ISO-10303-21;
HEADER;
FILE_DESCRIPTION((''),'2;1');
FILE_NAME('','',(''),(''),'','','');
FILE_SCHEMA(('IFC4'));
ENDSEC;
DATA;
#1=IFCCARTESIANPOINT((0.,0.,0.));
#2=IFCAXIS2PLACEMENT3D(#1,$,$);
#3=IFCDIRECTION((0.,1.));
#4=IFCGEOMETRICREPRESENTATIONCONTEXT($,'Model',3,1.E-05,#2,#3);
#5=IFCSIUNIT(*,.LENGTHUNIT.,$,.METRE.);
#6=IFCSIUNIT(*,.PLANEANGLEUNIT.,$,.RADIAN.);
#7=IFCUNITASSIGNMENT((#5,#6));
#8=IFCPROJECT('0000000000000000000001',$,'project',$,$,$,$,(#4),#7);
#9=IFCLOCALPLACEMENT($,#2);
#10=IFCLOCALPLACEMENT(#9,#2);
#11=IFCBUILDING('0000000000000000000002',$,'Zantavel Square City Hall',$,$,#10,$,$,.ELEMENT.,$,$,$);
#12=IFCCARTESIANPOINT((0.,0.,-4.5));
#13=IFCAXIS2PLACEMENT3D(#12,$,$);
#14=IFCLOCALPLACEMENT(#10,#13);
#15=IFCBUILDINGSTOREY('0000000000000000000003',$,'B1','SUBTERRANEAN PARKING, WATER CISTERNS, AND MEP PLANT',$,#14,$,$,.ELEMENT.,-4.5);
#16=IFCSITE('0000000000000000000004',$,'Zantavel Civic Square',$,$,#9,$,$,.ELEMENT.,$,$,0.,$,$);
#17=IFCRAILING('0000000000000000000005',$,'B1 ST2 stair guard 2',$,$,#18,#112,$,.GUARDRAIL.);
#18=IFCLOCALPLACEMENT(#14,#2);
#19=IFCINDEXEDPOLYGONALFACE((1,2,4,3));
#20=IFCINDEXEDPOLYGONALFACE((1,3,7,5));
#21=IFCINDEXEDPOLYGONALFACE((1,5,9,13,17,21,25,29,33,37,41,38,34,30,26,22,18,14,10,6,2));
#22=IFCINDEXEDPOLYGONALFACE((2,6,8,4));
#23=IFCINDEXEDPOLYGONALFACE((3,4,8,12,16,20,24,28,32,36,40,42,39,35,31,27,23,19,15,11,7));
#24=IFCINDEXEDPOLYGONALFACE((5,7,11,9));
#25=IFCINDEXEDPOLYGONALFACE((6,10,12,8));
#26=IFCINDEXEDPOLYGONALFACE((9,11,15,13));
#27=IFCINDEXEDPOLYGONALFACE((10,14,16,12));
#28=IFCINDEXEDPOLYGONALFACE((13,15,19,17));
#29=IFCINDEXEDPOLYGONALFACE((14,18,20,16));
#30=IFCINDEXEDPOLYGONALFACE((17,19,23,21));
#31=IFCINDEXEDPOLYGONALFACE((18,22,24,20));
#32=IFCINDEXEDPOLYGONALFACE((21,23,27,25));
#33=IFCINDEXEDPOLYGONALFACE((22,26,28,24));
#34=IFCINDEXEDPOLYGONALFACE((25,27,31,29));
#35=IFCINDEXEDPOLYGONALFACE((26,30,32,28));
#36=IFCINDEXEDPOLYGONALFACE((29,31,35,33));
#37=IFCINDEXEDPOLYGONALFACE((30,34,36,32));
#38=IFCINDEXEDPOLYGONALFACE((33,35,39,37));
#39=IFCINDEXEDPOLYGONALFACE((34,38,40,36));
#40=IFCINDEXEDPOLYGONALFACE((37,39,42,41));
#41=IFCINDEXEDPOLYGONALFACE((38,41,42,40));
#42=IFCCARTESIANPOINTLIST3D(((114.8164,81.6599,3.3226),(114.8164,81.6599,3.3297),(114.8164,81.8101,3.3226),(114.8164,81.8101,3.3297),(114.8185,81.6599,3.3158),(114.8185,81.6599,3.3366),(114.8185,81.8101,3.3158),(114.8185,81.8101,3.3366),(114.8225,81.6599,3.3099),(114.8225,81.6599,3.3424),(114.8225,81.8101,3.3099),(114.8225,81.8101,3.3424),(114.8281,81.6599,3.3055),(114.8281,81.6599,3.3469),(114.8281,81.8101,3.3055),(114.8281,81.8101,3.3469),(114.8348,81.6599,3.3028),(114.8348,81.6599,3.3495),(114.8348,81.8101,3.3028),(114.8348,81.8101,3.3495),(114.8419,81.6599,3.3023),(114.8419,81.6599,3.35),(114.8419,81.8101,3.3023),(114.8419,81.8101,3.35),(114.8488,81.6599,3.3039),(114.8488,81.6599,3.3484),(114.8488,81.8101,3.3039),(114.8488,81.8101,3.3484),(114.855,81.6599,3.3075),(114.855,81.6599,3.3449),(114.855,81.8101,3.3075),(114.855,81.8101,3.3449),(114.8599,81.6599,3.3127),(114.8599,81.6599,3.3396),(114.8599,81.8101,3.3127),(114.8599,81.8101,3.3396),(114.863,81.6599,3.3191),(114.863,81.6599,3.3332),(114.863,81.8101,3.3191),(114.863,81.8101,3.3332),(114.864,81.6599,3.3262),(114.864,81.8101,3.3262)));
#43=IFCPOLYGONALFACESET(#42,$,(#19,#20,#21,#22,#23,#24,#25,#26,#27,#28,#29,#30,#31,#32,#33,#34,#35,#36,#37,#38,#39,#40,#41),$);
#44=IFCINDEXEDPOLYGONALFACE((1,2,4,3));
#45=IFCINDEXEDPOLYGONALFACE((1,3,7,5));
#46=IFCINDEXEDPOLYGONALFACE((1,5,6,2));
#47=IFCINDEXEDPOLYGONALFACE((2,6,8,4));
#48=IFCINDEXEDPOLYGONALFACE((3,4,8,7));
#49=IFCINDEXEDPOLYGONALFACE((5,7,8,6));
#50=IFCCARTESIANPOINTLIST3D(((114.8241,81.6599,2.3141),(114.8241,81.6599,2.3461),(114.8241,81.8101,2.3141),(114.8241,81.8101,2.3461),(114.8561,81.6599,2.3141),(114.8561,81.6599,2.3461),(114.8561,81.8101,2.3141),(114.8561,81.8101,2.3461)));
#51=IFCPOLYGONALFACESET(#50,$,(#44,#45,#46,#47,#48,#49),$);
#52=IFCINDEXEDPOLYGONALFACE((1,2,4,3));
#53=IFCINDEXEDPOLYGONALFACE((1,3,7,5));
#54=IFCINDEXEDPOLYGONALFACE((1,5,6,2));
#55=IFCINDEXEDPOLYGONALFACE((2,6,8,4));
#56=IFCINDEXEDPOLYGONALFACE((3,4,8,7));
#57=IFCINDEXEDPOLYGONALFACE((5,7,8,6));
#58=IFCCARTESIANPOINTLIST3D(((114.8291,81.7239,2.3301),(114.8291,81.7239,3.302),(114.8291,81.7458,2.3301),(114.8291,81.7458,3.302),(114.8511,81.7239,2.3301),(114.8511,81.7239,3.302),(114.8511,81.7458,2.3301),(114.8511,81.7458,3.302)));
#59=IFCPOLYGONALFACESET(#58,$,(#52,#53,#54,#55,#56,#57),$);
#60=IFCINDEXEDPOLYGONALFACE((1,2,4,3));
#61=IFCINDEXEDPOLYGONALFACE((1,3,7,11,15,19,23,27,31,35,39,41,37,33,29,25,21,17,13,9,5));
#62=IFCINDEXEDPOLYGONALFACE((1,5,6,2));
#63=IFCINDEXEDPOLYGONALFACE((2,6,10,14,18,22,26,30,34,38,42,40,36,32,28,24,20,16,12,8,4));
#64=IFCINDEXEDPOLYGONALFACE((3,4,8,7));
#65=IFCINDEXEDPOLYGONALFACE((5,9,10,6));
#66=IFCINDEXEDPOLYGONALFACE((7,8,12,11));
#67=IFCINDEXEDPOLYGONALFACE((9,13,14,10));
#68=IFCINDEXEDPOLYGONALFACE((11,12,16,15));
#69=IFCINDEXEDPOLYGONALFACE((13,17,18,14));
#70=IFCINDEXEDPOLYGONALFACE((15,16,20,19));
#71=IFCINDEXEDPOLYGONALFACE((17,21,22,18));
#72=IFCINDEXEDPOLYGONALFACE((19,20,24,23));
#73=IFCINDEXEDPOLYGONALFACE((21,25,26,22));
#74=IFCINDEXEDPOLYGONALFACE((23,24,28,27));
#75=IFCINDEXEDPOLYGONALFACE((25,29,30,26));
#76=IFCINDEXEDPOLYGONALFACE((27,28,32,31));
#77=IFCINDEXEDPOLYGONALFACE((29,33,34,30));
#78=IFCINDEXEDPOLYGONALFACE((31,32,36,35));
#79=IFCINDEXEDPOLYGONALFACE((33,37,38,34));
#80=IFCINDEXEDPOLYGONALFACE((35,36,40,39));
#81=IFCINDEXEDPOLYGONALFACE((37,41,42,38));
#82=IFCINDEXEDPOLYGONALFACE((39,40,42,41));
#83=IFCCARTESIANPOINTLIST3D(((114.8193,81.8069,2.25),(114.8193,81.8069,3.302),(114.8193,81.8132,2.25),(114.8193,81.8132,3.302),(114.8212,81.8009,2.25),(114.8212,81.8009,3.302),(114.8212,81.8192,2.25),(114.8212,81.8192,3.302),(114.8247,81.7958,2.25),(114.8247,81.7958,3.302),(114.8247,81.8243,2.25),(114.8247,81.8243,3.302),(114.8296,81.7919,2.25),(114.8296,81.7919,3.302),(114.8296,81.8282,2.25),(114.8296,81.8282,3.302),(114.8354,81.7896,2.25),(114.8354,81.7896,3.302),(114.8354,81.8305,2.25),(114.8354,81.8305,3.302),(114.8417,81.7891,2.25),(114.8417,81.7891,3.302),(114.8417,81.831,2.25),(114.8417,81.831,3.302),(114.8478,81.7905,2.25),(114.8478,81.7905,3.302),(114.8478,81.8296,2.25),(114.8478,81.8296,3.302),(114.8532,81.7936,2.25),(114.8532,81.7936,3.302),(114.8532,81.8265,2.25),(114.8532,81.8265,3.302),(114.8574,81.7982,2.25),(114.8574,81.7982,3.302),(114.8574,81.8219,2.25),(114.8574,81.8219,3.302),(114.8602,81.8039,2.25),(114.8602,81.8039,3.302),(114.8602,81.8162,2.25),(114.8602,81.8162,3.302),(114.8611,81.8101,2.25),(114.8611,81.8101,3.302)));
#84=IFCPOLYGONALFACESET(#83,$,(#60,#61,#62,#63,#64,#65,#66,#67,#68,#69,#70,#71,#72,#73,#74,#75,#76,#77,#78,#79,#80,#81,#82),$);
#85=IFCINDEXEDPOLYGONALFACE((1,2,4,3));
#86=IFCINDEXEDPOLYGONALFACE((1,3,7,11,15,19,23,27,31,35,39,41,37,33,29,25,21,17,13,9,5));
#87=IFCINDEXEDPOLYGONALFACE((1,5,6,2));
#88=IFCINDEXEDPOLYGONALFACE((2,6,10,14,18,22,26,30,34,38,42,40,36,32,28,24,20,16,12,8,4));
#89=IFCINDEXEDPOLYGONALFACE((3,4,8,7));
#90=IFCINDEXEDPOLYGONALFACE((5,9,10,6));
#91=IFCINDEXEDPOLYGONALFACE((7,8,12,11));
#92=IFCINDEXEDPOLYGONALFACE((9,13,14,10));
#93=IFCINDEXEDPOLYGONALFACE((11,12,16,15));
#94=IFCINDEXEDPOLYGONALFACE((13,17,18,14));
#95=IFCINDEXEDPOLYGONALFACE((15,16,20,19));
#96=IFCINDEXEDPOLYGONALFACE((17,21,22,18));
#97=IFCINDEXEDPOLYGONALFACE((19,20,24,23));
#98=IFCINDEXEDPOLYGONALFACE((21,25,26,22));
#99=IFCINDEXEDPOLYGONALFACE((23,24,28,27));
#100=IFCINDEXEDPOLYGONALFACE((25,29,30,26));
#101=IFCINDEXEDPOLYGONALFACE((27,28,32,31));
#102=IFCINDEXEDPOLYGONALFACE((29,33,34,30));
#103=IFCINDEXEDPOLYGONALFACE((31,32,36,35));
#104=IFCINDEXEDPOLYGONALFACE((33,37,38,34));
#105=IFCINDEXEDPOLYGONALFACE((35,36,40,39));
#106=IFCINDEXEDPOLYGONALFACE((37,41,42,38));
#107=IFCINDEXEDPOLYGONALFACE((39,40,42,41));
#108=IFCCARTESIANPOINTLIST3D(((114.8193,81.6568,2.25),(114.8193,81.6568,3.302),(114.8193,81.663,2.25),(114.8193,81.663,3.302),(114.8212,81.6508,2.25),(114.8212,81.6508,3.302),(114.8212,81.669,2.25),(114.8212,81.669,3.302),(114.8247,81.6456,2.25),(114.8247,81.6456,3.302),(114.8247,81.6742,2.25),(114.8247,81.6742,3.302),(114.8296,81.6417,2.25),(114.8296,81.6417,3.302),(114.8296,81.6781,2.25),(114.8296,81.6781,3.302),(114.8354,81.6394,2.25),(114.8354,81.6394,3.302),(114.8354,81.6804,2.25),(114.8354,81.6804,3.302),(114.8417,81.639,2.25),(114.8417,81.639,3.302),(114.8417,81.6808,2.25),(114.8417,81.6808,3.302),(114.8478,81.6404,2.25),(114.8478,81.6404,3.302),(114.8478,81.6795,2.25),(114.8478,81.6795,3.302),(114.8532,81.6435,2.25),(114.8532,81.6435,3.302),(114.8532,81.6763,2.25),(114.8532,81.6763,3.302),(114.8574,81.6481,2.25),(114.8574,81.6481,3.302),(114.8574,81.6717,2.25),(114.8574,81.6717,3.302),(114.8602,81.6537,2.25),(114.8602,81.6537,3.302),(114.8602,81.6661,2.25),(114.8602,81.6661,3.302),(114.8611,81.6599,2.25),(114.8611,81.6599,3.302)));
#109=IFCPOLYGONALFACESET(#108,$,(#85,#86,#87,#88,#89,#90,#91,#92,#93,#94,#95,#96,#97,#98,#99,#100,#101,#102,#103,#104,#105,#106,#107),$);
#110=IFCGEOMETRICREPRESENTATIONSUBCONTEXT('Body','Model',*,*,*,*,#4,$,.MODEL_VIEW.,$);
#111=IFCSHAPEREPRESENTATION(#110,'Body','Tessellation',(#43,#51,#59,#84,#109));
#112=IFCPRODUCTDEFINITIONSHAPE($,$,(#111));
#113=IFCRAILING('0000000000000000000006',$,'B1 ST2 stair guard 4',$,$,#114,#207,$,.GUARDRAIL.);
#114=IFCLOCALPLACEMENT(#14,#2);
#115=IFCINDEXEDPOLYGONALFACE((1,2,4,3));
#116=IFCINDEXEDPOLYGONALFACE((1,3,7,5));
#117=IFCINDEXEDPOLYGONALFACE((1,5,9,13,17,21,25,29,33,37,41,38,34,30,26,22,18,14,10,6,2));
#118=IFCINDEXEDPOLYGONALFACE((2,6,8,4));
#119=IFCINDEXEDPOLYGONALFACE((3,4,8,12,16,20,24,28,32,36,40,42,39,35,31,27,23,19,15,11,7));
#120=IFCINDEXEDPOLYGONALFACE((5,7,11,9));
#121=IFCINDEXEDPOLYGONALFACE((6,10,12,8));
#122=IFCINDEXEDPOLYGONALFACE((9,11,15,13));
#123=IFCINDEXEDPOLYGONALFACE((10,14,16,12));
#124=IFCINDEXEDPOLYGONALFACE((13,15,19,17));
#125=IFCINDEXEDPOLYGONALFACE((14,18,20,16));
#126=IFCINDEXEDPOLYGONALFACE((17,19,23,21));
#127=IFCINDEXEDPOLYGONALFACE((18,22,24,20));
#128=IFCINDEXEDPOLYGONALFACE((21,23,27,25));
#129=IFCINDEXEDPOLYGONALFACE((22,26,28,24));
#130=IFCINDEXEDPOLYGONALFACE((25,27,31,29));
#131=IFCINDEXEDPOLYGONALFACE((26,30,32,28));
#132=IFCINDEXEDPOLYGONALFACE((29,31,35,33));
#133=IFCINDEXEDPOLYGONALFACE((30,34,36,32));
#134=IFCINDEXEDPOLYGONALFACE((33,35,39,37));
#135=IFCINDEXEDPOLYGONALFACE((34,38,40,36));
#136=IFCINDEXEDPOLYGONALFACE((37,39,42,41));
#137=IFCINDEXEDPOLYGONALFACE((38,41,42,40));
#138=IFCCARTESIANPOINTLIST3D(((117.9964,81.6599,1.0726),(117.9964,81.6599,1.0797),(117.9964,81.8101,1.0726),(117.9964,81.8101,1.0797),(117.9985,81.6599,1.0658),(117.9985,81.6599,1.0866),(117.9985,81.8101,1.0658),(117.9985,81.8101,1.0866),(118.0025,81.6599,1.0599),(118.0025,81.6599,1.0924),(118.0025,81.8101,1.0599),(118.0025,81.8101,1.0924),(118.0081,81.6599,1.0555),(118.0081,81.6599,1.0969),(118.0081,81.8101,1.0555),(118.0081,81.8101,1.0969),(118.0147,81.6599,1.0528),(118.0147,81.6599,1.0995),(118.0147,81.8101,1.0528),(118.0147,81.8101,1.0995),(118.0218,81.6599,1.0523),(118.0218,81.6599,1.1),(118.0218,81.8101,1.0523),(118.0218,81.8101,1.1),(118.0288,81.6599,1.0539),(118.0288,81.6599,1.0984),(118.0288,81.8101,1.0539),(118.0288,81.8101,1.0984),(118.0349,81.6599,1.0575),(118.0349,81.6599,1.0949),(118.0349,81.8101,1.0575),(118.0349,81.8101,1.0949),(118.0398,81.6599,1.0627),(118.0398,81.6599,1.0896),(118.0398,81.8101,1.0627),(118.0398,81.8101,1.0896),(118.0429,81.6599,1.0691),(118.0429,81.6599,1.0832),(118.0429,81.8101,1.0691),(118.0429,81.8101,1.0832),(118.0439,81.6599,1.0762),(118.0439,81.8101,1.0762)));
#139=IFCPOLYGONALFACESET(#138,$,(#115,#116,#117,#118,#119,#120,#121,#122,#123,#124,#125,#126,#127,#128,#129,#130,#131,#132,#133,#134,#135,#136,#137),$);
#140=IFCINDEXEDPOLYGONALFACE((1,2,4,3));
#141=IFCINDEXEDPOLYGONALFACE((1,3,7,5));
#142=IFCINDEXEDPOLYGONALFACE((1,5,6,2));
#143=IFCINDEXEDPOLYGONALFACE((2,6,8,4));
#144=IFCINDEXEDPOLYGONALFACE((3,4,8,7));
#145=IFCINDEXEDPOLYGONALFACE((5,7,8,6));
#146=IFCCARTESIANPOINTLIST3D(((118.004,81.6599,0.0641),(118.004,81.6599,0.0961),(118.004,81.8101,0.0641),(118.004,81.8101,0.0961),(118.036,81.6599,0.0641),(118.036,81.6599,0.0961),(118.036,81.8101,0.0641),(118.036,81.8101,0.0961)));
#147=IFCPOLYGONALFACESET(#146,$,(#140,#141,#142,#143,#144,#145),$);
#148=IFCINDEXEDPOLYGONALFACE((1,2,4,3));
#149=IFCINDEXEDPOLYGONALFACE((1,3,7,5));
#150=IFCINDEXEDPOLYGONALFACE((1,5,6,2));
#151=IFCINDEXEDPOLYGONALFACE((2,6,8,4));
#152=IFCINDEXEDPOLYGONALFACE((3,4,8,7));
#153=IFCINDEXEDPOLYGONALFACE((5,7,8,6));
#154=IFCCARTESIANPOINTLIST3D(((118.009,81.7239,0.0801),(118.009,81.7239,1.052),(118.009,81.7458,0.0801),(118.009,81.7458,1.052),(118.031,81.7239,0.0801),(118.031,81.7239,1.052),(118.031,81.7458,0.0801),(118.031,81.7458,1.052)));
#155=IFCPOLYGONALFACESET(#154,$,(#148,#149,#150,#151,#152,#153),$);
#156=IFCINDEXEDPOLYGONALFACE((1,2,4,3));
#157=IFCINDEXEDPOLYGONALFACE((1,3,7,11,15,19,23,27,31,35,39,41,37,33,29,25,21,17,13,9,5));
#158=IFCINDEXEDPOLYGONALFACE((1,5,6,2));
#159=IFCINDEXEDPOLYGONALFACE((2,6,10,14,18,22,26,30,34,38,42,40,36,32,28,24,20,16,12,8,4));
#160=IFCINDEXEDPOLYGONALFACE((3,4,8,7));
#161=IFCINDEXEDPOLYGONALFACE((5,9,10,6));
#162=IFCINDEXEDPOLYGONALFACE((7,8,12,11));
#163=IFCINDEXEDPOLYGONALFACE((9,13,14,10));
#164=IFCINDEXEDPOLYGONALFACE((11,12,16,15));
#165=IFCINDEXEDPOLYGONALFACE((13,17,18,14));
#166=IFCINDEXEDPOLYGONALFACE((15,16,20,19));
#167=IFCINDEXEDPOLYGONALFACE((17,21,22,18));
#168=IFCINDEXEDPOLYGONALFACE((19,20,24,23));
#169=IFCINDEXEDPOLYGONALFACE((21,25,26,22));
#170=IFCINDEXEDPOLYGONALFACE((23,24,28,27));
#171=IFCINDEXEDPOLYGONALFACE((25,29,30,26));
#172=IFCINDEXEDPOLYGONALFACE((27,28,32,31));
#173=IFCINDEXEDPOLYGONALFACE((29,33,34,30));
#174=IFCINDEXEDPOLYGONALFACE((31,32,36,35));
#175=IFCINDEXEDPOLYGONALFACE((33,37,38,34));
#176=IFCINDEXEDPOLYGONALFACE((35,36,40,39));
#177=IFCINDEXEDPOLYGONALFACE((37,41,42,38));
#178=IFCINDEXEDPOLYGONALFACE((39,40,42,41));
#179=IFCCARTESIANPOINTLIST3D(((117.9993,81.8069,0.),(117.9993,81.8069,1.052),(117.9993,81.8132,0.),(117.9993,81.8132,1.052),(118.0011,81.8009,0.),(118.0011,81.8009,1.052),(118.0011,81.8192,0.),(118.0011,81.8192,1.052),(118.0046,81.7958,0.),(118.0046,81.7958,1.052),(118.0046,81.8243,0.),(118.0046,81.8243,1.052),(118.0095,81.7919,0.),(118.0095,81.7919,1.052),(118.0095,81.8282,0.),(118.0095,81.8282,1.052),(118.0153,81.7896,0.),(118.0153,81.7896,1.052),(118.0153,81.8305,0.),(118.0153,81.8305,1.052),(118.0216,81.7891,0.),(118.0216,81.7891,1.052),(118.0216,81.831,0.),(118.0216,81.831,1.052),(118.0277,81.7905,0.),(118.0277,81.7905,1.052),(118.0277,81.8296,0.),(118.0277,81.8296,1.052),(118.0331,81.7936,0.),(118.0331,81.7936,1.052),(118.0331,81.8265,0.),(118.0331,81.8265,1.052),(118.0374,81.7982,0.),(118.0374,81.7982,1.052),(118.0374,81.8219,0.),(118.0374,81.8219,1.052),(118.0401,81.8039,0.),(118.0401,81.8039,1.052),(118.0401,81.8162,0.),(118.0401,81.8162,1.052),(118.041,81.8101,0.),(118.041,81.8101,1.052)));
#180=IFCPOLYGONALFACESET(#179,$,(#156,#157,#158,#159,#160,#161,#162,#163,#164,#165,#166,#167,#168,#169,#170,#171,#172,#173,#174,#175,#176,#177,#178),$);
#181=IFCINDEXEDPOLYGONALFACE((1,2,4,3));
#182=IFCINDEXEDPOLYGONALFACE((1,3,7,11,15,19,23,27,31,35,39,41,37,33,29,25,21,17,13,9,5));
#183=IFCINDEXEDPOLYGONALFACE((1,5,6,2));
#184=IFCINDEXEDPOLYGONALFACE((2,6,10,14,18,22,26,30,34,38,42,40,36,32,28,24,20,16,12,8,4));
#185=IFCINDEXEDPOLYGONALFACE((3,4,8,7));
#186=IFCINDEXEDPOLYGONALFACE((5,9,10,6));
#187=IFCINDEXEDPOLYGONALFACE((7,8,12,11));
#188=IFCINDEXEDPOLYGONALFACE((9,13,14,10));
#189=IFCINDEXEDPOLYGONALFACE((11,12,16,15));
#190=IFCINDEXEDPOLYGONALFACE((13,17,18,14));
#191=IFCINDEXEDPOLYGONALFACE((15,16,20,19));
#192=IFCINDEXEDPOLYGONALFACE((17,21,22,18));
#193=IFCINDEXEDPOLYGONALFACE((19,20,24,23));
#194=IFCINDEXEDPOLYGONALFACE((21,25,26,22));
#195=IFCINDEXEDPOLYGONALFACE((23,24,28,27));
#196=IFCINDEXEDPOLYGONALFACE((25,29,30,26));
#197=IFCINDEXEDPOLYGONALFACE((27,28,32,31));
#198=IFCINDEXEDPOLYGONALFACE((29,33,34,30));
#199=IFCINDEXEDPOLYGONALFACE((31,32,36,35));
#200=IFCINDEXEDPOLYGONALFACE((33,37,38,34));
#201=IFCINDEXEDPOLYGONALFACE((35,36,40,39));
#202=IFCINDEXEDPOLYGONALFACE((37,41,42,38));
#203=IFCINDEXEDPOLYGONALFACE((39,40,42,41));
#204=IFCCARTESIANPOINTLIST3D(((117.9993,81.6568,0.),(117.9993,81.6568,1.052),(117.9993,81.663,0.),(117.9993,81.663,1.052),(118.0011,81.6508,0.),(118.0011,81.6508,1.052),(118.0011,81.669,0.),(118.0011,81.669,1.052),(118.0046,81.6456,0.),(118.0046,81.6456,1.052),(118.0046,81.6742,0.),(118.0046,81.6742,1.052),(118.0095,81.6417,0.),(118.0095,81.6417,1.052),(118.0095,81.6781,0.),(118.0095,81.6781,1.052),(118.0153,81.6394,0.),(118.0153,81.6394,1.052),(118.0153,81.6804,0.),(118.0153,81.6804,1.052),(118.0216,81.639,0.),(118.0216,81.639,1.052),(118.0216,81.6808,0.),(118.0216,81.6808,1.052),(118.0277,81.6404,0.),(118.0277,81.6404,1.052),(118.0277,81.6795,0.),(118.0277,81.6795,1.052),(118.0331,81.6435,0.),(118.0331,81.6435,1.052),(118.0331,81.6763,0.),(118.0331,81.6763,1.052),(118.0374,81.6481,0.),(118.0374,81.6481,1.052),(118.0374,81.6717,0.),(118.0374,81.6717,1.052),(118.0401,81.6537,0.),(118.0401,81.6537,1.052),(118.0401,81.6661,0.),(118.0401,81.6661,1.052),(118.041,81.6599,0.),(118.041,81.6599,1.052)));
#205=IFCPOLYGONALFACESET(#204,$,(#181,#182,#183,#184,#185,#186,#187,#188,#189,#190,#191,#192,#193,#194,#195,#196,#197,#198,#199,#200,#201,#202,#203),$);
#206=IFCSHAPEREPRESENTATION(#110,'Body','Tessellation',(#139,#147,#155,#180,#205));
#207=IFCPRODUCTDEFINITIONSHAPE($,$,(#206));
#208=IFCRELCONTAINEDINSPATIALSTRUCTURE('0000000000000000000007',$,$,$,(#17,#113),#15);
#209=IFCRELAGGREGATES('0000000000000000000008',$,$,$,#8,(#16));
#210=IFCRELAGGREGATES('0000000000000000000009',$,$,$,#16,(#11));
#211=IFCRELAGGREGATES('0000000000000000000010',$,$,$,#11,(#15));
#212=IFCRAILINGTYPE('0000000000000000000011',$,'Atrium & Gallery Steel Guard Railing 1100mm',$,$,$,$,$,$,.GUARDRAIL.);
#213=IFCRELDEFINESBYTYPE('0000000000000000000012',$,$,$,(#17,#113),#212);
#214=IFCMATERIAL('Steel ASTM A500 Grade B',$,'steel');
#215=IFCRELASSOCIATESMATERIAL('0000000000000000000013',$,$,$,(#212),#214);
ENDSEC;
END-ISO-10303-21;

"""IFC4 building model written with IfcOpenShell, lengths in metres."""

from ifc_helpers import new_model, si_unit, direction, frame, origin, origin_2d, place, context, subcontext, project, spatial, rectangle, circle, extrude, material, type_object, element, save


model = new_model("IFC4")

# Units and contexts
model_context = context("Model", 3, precision=1e-05, world=origin(), true_north=direction((0.0, 1.0)))
body_context = subcontext(model_context, "Body", "Model", "MODEL_VIEW")
ifc_project = project(units=[si_unit("LENGTHUNIT", "METRE"), si_unit("PLANEANGLEUNIT", "RADIAN")], contexts=[model_context])

# Site, building, storey
site_placement = place(None, origin())
site = spatial("IfcSite", under=ifc_project, at=site_placement, Name="Zantavel Civic Square", CompositionType="ELEMENT", RefElevation=0.0)
building_placement = place(site_placement, origin())
building = spatial("IfcBuilding", under=site, at=building_placement, Name="Zantavel Square City Hall", CompositionType="ELEMENT")
storey_placement = place(building_placement, frame((0.0, 0.0, -4.5)))
storey = spatial("IfcBuildingStorey", under=building, at=storey_placement, Name="B1", Description="SUBTERRANEAN PARKING, WATER CISTERNS, AND MEP PLANT", CompositionType="ELEMENT", Elevation=-4.5)

# Shared definitions
ifc_material_1 = material(Name="Steel ASTM A500 Grade B", Category="steel")

# Railings
railing_type_1 = type_object("IfcRailingType", Name="Atrium & Gallery Steel Guard Railing 1100mm", PredefinedType="GUARDRAIL", material=ifc_material_1)
railing_1_placement = place(storey_placement, frame((114.8401, 81.8101, 2.25)))
element("IfcRailing", 1, at=railing_1_placement, inside=storey, type_object=railing_type_1, Name="B1 ST2 stair guard 2", PredefinedType="GUARDRAIL", context=body_context, shape_type="SweptSolid", body=[
    extrude(circle(Radius=0.0239, at=origin_2d()), frame((0.0, 0.0, 1.0762), z_axis=(0.0, -1.0, 0.0), x_axis=(1.0, 0.0, 0.0)), (0.0, 0.0, 1.0), 0.1501),
    extrude(rectangle(XDim=0.032, YDim=0.032, at=origin_2d()), frame((0.0, 0.0, 0.0801), z_axis=(0.0, -1.0, 0.0), x_axis=(1.0, 0.0, 0.0)), (0.0, 0.0, 1.0), 0.1501),
    extrude(rectangle(XDim=0.022, YDim=0.022, at=origin_2d()), frame((0.0, -0.0752, 0.0801)), (0.0, 0.0, 1.0), 0.9719),
    extrude(circle(Radius=0.021, at=origin_2d()), origin(), (0.0, 0.0, 1.0), 1.052),
    extrude(circle(Radius=0.021, at=origin_2d()), frame((0.0, -0.1501, 0.0)), (0.0, 0.0, 1.0), 1.052),
])
railing_2_placement = place(storey_placement, frame((118.02, 81.8101, 0.0)))
element("IfcRailing", 2, at=railing_2_placement, inside=storey, type_object=railing_type_1, Name="B1 ST2 stair guard 4", PredefinedType="GUARDRAIL", context=body_context, shape_type="SweptSolid", body=[
    extrude(circle(Radius=0.0239, at=origin_2d()), frame((0.0, 0.0, 1.0762), z_axis=(0.0, -1.0, 0.0), x_axis=(1.0, 0.0, 0.0)), (0.0, 0.0, 1.0), 0.1501),
    extrude(rectangle(XDim=0.032, YDim=0.032, at=origin_2d()), frame((0.0, 0.0, 0.0801), z_axis=(0.0, -1.0, 0.0), x_axis=(1.0, 0.0, 0.0)), (0.0, 0.0, 1.0), 0.1501),
    extrude(rectangle(XDim=0.022, YDim=0.022, at=origin_2d()), frame((0.0, -0.0752, 0.0801)), (0.0, 0.0, 1.0), 0.9719),
    extrude(circle(Radius=0.021, at=origin_2d()), origin(), (0.0, 0.0, 1.0), 1.052),
    extrude(circle(Radius=0.021, at=origin_2d()), frame((0.0, -0.1501, 0.0)), (0.0, 0.0, 1.0), 1.052),
])

save(model, "model.ifc")
